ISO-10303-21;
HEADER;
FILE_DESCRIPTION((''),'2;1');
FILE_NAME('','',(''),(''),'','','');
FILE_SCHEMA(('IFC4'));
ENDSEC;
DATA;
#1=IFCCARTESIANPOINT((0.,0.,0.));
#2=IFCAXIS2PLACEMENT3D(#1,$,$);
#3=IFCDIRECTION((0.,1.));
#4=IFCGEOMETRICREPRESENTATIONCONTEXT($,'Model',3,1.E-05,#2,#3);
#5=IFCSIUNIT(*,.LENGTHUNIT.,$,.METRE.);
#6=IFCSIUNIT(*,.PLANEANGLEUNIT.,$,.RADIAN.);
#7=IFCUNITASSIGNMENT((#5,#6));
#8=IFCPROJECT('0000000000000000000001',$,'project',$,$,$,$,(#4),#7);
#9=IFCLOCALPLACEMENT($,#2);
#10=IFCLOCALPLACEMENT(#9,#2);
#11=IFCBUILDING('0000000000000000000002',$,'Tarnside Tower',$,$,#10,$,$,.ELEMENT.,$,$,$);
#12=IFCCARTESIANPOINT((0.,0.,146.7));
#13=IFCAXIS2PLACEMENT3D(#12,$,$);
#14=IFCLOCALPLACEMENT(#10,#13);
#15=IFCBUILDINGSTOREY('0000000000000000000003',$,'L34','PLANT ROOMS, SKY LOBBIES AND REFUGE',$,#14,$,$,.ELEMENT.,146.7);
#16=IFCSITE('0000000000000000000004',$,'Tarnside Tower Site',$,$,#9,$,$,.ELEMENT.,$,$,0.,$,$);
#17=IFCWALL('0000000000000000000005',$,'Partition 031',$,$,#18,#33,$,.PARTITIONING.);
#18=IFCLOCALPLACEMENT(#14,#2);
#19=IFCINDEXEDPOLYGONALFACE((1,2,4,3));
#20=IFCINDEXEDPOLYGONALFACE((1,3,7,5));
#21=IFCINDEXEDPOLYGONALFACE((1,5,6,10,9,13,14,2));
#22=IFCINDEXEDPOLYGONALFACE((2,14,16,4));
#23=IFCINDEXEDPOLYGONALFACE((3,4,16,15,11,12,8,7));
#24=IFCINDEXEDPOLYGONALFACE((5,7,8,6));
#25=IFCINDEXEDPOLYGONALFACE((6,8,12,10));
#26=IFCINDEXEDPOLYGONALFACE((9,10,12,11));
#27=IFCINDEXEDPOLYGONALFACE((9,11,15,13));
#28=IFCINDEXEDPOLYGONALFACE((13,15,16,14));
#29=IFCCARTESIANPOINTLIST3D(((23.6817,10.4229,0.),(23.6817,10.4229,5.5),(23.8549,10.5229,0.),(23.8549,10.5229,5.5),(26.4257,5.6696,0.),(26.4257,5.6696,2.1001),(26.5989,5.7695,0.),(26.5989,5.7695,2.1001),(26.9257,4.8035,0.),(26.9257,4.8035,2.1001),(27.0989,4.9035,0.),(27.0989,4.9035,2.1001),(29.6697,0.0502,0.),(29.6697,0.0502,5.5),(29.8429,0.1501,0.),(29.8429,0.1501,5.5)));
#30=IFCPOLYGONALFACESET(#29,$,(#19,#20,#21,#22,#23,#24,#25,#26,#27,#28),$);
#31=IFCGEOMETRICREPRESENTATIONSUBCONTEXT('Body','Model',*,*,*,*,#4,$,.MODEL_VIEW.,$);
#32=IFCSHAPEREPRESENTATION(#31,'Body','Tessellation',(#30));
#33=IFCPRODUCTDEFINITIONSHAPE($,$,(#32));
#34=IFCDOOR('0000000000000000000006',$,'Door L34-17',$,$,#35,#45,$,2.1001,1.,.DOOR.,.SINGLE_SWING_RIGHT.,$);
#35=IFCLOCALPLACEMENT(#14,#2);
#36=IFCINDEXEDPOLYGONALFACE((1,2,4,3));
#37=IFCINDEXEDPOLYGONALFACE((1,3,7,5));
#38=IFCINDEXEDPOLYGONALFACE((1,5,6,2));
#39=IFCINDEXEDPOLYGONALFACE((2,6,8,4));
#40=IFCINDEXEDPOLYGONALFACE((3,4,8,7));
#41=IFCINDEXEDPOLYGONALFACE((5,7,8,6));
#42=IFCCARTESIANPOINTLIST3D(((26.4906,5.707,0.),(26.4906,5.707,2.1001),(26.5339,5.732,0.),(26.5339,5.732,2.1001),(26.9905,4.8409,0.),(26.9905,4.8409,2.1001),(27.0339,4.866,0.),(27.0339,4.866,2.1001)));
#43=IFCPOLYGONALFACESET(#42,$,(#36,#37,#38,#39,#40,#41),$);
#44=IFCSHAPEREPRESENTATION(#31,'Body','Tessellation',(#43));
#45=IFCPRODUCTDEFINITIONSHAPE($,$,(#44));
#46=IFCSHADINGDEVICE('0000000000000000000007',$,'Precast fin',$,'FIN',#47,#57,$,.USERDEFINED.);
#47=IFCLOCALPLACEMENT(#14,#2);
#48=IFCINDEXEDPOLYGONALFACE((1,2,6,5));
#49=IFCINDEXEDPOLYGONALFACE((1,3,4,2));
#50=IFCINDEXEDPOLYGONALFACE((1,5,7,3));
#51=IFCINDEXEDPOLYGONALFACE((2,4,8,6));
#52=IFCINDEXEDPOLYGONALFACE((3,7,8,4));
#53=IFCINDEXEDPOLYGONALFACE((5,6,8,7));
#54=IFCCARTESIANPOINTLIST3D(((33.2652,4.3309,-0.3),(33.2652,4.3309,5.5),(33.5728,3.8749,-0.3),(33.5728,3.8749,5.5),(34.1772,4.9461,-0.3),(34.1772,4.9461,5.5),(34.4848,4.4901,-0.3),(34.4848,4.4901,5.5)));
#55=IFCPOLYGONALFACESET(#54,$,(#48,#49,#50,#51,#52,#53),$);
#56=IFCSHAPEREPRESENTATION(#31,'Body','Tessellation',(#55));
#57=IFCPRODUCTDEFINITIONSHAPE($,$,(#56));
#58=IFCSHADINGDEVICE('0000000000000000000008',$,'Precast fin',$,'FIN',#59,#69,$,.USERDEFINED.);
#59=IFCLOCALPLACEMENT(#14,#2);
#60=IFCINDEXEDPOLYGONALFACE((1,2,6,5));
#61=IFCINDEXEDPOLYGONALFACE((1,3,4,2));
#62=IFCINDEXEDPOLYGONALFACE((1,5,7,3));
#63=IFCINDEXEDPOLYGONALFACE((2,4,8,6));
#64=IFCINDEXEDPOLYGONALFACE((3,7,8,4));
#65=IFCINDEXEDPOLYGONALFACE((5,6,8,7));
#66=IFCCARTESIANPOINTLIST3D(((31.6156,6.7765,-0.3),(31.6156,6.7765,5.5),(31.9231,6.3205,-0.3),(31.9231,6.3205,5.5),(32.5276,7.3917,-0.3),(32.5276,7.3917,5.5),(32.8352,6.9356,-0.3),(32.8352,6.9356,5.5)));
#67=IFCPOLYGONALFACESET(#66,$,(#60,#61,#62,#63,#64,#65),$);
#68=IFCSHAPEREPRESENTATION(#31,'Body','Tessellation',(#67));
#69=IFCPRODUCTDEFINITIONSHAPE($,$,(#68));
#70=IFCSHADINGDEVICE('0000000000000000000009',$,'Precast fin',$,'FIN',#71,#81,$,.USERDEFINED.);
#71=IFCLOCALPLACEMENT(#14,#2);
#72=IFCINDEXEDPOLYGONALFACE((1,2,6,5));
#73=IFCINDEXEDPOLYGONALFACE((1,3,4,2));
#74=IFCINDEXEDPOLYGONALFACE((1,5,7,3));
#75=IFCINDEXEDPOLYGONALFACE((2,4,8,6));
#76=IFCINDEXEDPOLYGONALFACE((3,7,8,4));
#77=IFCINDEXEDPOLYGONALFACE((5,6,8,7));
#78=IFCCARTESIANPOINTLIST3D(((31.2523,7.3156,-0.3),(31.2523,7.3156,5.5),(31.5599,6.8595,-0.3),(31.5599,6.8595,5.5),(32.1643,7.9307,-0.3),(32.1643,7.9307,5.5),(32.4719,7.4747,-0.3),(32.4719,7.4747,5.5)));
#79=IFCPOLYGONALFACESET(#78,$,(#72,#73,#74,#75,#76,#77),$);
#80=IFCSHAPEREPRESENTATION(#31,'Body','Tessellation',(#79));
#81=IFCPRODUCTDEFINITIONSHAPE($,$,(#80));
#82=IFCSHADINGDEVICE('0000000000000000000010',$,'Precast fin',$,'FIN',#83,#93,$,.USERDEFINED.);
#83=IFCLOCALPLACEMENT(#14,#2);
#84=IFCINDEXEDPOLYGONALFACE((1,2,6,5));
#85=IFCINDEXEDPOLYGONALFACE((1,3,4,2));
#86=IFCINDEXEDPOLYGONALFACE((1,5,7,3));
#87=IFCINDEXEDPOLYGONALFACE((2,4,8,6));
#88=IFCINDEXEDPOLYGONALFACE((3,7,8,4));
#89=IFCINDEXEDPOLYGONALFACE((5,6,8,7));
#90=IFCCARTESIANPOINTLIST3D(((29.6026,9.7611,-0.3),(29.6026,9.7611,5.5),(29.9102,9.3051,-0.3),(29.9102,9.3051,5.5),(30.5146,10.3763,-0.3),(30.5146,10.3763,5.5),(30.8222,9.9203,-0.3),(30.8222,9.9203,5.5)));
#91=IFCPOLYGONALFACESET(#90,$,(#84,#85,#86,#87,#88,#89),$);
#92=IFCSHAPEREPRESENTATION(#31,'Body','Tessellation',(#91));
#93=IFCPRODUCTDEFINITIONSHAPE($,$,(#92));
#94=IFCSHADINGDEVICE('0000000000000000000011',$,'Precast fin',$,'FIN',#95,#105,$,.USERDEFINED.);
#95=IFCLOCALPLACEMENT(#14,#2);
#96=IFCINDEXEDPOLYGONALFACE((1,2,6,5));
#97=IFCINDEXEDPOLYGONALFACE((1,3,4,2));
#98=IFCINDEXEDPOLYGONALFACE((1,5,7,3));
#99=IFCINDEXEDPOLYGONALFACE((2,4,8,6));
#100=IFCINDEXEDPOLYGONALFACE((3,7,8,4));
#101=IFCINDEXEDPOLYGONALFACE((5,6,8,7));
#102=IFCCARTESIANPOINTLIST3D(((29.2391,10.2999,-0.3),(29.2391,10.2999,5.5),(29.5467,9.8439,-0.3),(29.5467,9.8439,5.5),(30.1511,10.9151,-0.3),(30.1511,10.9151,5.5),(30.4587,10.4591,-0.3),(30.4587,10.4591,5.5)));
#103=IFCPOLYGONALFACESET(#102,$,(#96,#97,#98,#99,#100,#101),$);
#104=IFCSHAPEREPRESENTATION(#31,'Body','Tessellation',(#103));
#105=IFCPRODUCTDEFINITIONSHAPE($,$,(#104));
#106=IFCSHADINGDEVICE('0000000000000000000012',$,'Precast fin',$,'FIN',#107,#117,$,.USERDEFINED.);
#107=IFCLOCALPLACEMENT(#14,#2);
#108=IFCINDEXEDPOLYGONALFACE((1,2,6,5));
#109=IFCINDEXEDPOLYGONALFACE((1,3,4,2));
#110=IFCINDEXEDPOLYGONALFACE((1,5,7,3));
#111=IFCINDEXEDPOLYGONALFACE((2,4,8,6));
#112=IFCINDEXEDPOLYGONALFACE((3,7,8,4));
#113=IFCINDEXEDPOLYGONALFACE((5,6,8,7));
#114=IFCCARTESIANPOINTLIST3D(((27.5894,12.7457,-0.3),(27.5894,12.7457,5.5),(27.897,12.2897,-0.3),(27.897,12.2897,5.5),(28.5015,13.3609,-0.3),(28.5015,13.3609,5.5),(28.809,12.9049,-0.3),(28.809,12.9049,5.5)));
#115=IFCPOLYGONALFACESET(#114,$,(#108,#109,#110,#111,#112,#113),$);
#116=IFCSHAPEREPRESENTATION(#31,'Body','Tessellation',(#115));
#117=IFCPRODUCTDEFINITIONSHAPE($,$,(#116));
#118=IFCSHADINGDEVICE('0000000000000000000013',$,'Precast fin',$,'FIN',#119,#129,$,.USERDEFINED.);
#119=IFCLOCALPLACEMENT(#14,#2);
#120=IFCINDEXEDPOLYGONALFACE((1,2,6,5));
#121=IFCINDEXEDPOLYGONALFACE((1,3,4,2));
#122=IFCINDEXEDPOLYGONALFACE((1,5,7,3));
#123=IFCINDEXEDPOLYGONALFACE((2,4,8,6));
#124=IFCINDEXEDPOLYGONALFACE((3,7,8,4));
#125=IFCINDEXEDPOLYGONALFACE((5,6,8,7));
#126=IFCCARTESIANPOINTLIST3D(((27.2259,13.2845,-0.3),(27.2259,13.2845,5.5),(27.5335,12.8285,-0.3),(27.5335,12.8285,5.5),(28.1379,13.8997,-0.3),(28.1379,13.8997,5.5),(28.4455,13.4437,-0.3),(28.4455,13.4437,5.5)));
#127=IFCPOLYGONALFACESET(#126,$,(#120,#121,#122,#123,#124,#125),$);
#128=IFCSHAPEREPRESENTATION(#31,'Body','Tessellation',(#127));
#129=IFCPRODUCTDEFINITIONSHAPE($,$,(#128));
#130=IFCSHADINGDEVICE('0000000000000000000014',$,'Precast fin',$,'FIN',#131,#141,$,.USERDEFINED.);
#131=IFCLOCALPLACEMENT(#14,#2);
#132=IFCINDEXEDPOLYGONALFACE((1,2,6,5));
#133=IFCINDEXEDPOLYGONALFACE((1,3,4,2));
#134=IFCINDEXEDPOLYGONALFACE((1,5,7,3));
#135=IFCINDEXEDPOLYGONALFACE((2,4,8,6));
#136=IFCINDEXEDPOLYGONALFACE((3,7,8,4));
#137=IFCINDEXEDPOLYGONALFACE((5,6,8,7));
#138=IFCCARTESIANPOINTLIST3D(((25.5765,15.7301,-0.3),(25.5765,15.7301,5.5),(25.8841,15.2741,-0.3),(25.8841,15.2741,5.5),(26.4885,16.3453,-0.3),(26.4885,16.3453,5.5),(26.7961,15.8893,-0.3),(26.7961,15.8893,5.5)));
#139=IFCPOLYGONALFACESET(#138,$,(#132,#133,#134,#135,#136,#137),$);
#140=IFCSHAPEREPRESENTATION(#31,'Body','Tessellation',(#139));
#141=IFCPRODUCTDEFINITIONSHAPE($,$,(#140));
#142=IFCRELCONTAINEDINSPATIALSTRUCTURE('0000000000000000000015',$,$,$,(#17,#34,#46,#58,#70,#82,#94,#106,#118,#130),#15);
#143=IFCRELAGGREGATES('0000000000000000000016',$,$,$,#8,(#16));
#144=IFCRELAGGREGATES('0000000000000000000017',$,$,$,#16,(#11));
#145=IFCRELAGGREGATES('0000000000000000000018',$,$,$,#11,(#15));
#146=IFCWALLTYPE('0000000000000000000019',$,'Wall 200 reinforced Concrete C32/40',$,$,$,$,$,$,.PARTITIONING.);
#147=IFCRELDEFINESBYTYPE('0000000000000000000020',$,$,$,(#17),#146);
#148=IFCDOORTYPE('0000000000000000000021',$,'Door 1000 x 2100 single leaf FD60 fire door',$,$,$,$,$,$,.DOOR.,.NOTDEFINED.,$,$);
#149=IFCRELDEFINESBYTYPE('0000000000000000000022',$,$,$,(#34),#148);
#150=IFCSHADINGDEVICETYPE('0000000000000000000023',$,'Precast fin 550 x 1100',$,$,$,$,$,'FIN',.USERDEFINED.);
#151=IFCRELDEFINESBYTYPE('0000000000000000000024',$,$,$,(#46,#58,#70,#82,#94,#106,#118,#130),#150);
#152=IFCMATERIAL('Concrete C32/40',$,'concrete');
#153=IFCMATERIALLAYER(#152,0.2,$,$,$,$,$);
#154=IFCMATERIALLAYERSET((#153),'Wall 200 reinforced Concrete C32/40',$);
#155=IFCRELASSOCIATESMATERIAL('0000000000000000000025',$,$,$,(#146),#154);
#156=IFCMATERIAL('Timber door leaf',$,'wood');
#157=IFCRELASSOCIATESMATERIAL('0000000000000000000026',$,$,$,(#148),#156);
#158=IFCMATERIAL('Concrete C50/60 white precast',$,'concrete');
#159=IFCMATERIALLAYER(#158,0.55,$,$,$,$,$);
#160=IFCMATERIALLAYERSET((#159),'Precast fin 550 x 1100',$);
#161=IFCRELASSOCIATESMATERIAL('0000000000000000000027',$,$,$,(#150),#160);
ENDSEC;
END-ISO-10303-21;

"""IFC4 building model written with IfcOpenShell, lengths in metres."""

from ifc_helpers import new_model, si_unit, direction, frame, frame_2d, origin, place, context, subcontext, project, spatial, polyline, rectangle, outline, extrude, material, layer, layer_set, type_object, element, fill, save


model = new_model("IFC4")

# Units and contexts
model_context = context("Model", 3, precision=1e-05, world=origin(), true_north=direction((0.0, 1.0)))
body_context = subcontext(model_context, "Body", "Model", "MODEL_VIEW")
ifc_project = project(units=[si_unit("LENGTHUNIT", "METRE"), si_unit("PLANEANGLEUNIT", "RADIAN")], contexts=[model_context])

# Site, building, storey
site_placement = place(None, origin())
site = spatial("IfcSite", under=ifc_project, at=site_placement, Name="Tarnside Tower Site", CompositionType="ELEMENT", RefElevation=0.0)
building_placement = place(site_placement, origin())
building = spatial("IfcBuilding", under=site, at=building_placement, Name="Tarnside Tower", CompositionType="ELEMENT")
storey_placement = place(building_placement, frame((0.0, 0.0, 146.7)))
storey = spatial("IfcBuildingStorey", under=building, at=storey_placement, Name="L34", Description="PLANT ROOMS, SKY LOBBIES AND REFUGE", CompositionType="ELEMENT", Elevation=146.7)

# Shared definitions
ifc_material_1 = material(Name="Concrete C32/40", Category="concrete")
ifc_layer_1 = layer(ifc_material_1, 0.2)
ifc_layer_set_1 = layer_set([ifc_layer_1], Name="Wall 200 reinforced Concrete C32/40")
wall_type_1 = type_object("IfcWallType", Name="Wall 200 reinforced Concrete C32/40", PredefinedType="PARTITIONING", material=ifc_layer_set_1)
ifc_material_2 = material(Name="Timber door leaf", Category="wood")
door_type_1 = type_object("IfcDoorType", Name="Door 1000 x 2100 single leaf FD60 fire door", OperationType="NOTDEFINED", PredefinedType="DOOR", material=ifc_material_2)

# Wall, opening, door
wall_1_placement = place(storey_placement, frame((23.7683, 10.4729, 0.0), z_axis=(0.0, 0.0, 1.0), x_axis=(0.499956, -0.866051, 0.0)))
wall_1 = element("IfcWall", 1, at=wall_1_placement, inside=storey, type_object=wall_type_1, Name="Partition 031", PredefinedType="PARTITIONING", context=body_context, shape_type="SweptSolid", body=[
    extrude(rectangle(XDim=11.9771, YDim=0.2, at=frame_2d((5.9885, 0.0))), origin(), (0.0, 0.0, 1.0), 5.5),
])
opening_1_placement = place(wall_1_placement, frame((5.4885, 0.0, 0.0)))
opening_1 = element("IfcOpeningElement", 2, at=opening_1_placement, cuts=wall_1, PredefinedType="OPENING", context=body_context, shape_type="SweptSolid", body=[
    extrude(rectangle(XDim=1.0, YDim=2.1001, at=frame_2d((0.5, 1.05))), frame((0.0, 0.1099, 0.0), z_axis=(0.0, -1.0, 0.0), x_axis=(1.0, 0.0, 0.0)), (0.0, 0.0, 1.0), 0.22),
])
door_1_placement = place(opening_1_placement, origin())
door_1 = element("IfcDoor", 3, at=door_1_placement, inside=storey, type_object=door_type_1, Name="Door L34-17", OperationType="SINGLE_SWING_RIGHT", OverallHeight=2.1001, OverallWidth=1.0, PredefinedType="DOOR", context=body_context, shape_type="SweptSolid", body=[
    extrude(rectangle(XDim=1.0, YDim=2.1001, at=frame_2d((0.5, 1.05))), frame((0.0, 0.0249, 0.0), z_axis=(0.0, -1.0, 0.0), x_axis=(1.0, 0.0, 0.0)), (0.0, 0.0, 1.0), 0.05),
])
fill(opening_1, door_1)

# Shading devices
ifc_material_3 = material(Name="Concrete C50/60 white precast", Category="concrete")
ifc_layer_2 = layer(ifc_material_3, 0.55)
ifc_layer_set_2 = layer_set([ifc_layer_2], Name="Precast fin 550 x 1100")
shading_device_type = type_object("IfcShadingDeviceType", Name="Precast fin 550 x 1100", ElementType="FIN", PredefinedType="USERDEFINED", material=ifc_layer_set_2)
for number, where, z_axis, x_axis, name in (
    (4, (33.4189, 4.103, -0.3), (0.559193, -0.829038, 0.0), (0.829038, 0.559193, 0.0), "Precast fin"),
    (5, (31.7693, 6.5486, -0.3), (0.559193, -0.829038, 0.0), (0.829038, 0.559193, 0.0), "Precast fin"),
    (6, (31.406, 7.0876, -0.3), (0.559193, -0.829038, 0.0), (0.829038, 0.559193, 0.0), "Precast fin"),
    (7, (29.7563, 9.5332, -0.3), (0.559193, -0.829038, 0.0), (0.829038, 0.559193, 0.0), "Precast fin"),
    (8, (29.3928, 10.072, -0.3), (0.559193, -0.829038, 0.0), (0.829038, 0.559193, 0.0), "Precast fin"),
    (9, (27.7432, 12.5178, -0.3), (0.559193, -0.829038, 0.0), (0.829038, 0.559193, 0.0), "Precast fin"),
    (10, (27.3796, 13.0566, -0.3), (0.559193, -0.829038, 0.0), (0.829038, 0.559193, 0.0), "Precast fin"),
    (11, (25.7302, 15.5022, -0.3), (0.559193, -0.829038, 0.0), (0.829038, 0.559193, 0.0), "Precast fin"),
):
    element("IfcShadingDevice", number, at=place(storey_placement, frame(where, z_axis=z_axis, x_axis=x_axis)), inside=storey, type_object=shading_device_type, Name=name, ObjectType="FIN", PredefinedType="USERDEFINED", context=body_context, shape_type="SweptSolid", body=[
        extrude(outline(polyline([(0.0, 0.0), (1.1001, 0.0), (1.1001, 5.8), (0.0, 5.8), (0.0, 0.0)])), frame((0.0, 0.0, -0.2749)), (0.0, 0.0, 1.0), 0.55),
    ])

save(model, "model.ifc")
